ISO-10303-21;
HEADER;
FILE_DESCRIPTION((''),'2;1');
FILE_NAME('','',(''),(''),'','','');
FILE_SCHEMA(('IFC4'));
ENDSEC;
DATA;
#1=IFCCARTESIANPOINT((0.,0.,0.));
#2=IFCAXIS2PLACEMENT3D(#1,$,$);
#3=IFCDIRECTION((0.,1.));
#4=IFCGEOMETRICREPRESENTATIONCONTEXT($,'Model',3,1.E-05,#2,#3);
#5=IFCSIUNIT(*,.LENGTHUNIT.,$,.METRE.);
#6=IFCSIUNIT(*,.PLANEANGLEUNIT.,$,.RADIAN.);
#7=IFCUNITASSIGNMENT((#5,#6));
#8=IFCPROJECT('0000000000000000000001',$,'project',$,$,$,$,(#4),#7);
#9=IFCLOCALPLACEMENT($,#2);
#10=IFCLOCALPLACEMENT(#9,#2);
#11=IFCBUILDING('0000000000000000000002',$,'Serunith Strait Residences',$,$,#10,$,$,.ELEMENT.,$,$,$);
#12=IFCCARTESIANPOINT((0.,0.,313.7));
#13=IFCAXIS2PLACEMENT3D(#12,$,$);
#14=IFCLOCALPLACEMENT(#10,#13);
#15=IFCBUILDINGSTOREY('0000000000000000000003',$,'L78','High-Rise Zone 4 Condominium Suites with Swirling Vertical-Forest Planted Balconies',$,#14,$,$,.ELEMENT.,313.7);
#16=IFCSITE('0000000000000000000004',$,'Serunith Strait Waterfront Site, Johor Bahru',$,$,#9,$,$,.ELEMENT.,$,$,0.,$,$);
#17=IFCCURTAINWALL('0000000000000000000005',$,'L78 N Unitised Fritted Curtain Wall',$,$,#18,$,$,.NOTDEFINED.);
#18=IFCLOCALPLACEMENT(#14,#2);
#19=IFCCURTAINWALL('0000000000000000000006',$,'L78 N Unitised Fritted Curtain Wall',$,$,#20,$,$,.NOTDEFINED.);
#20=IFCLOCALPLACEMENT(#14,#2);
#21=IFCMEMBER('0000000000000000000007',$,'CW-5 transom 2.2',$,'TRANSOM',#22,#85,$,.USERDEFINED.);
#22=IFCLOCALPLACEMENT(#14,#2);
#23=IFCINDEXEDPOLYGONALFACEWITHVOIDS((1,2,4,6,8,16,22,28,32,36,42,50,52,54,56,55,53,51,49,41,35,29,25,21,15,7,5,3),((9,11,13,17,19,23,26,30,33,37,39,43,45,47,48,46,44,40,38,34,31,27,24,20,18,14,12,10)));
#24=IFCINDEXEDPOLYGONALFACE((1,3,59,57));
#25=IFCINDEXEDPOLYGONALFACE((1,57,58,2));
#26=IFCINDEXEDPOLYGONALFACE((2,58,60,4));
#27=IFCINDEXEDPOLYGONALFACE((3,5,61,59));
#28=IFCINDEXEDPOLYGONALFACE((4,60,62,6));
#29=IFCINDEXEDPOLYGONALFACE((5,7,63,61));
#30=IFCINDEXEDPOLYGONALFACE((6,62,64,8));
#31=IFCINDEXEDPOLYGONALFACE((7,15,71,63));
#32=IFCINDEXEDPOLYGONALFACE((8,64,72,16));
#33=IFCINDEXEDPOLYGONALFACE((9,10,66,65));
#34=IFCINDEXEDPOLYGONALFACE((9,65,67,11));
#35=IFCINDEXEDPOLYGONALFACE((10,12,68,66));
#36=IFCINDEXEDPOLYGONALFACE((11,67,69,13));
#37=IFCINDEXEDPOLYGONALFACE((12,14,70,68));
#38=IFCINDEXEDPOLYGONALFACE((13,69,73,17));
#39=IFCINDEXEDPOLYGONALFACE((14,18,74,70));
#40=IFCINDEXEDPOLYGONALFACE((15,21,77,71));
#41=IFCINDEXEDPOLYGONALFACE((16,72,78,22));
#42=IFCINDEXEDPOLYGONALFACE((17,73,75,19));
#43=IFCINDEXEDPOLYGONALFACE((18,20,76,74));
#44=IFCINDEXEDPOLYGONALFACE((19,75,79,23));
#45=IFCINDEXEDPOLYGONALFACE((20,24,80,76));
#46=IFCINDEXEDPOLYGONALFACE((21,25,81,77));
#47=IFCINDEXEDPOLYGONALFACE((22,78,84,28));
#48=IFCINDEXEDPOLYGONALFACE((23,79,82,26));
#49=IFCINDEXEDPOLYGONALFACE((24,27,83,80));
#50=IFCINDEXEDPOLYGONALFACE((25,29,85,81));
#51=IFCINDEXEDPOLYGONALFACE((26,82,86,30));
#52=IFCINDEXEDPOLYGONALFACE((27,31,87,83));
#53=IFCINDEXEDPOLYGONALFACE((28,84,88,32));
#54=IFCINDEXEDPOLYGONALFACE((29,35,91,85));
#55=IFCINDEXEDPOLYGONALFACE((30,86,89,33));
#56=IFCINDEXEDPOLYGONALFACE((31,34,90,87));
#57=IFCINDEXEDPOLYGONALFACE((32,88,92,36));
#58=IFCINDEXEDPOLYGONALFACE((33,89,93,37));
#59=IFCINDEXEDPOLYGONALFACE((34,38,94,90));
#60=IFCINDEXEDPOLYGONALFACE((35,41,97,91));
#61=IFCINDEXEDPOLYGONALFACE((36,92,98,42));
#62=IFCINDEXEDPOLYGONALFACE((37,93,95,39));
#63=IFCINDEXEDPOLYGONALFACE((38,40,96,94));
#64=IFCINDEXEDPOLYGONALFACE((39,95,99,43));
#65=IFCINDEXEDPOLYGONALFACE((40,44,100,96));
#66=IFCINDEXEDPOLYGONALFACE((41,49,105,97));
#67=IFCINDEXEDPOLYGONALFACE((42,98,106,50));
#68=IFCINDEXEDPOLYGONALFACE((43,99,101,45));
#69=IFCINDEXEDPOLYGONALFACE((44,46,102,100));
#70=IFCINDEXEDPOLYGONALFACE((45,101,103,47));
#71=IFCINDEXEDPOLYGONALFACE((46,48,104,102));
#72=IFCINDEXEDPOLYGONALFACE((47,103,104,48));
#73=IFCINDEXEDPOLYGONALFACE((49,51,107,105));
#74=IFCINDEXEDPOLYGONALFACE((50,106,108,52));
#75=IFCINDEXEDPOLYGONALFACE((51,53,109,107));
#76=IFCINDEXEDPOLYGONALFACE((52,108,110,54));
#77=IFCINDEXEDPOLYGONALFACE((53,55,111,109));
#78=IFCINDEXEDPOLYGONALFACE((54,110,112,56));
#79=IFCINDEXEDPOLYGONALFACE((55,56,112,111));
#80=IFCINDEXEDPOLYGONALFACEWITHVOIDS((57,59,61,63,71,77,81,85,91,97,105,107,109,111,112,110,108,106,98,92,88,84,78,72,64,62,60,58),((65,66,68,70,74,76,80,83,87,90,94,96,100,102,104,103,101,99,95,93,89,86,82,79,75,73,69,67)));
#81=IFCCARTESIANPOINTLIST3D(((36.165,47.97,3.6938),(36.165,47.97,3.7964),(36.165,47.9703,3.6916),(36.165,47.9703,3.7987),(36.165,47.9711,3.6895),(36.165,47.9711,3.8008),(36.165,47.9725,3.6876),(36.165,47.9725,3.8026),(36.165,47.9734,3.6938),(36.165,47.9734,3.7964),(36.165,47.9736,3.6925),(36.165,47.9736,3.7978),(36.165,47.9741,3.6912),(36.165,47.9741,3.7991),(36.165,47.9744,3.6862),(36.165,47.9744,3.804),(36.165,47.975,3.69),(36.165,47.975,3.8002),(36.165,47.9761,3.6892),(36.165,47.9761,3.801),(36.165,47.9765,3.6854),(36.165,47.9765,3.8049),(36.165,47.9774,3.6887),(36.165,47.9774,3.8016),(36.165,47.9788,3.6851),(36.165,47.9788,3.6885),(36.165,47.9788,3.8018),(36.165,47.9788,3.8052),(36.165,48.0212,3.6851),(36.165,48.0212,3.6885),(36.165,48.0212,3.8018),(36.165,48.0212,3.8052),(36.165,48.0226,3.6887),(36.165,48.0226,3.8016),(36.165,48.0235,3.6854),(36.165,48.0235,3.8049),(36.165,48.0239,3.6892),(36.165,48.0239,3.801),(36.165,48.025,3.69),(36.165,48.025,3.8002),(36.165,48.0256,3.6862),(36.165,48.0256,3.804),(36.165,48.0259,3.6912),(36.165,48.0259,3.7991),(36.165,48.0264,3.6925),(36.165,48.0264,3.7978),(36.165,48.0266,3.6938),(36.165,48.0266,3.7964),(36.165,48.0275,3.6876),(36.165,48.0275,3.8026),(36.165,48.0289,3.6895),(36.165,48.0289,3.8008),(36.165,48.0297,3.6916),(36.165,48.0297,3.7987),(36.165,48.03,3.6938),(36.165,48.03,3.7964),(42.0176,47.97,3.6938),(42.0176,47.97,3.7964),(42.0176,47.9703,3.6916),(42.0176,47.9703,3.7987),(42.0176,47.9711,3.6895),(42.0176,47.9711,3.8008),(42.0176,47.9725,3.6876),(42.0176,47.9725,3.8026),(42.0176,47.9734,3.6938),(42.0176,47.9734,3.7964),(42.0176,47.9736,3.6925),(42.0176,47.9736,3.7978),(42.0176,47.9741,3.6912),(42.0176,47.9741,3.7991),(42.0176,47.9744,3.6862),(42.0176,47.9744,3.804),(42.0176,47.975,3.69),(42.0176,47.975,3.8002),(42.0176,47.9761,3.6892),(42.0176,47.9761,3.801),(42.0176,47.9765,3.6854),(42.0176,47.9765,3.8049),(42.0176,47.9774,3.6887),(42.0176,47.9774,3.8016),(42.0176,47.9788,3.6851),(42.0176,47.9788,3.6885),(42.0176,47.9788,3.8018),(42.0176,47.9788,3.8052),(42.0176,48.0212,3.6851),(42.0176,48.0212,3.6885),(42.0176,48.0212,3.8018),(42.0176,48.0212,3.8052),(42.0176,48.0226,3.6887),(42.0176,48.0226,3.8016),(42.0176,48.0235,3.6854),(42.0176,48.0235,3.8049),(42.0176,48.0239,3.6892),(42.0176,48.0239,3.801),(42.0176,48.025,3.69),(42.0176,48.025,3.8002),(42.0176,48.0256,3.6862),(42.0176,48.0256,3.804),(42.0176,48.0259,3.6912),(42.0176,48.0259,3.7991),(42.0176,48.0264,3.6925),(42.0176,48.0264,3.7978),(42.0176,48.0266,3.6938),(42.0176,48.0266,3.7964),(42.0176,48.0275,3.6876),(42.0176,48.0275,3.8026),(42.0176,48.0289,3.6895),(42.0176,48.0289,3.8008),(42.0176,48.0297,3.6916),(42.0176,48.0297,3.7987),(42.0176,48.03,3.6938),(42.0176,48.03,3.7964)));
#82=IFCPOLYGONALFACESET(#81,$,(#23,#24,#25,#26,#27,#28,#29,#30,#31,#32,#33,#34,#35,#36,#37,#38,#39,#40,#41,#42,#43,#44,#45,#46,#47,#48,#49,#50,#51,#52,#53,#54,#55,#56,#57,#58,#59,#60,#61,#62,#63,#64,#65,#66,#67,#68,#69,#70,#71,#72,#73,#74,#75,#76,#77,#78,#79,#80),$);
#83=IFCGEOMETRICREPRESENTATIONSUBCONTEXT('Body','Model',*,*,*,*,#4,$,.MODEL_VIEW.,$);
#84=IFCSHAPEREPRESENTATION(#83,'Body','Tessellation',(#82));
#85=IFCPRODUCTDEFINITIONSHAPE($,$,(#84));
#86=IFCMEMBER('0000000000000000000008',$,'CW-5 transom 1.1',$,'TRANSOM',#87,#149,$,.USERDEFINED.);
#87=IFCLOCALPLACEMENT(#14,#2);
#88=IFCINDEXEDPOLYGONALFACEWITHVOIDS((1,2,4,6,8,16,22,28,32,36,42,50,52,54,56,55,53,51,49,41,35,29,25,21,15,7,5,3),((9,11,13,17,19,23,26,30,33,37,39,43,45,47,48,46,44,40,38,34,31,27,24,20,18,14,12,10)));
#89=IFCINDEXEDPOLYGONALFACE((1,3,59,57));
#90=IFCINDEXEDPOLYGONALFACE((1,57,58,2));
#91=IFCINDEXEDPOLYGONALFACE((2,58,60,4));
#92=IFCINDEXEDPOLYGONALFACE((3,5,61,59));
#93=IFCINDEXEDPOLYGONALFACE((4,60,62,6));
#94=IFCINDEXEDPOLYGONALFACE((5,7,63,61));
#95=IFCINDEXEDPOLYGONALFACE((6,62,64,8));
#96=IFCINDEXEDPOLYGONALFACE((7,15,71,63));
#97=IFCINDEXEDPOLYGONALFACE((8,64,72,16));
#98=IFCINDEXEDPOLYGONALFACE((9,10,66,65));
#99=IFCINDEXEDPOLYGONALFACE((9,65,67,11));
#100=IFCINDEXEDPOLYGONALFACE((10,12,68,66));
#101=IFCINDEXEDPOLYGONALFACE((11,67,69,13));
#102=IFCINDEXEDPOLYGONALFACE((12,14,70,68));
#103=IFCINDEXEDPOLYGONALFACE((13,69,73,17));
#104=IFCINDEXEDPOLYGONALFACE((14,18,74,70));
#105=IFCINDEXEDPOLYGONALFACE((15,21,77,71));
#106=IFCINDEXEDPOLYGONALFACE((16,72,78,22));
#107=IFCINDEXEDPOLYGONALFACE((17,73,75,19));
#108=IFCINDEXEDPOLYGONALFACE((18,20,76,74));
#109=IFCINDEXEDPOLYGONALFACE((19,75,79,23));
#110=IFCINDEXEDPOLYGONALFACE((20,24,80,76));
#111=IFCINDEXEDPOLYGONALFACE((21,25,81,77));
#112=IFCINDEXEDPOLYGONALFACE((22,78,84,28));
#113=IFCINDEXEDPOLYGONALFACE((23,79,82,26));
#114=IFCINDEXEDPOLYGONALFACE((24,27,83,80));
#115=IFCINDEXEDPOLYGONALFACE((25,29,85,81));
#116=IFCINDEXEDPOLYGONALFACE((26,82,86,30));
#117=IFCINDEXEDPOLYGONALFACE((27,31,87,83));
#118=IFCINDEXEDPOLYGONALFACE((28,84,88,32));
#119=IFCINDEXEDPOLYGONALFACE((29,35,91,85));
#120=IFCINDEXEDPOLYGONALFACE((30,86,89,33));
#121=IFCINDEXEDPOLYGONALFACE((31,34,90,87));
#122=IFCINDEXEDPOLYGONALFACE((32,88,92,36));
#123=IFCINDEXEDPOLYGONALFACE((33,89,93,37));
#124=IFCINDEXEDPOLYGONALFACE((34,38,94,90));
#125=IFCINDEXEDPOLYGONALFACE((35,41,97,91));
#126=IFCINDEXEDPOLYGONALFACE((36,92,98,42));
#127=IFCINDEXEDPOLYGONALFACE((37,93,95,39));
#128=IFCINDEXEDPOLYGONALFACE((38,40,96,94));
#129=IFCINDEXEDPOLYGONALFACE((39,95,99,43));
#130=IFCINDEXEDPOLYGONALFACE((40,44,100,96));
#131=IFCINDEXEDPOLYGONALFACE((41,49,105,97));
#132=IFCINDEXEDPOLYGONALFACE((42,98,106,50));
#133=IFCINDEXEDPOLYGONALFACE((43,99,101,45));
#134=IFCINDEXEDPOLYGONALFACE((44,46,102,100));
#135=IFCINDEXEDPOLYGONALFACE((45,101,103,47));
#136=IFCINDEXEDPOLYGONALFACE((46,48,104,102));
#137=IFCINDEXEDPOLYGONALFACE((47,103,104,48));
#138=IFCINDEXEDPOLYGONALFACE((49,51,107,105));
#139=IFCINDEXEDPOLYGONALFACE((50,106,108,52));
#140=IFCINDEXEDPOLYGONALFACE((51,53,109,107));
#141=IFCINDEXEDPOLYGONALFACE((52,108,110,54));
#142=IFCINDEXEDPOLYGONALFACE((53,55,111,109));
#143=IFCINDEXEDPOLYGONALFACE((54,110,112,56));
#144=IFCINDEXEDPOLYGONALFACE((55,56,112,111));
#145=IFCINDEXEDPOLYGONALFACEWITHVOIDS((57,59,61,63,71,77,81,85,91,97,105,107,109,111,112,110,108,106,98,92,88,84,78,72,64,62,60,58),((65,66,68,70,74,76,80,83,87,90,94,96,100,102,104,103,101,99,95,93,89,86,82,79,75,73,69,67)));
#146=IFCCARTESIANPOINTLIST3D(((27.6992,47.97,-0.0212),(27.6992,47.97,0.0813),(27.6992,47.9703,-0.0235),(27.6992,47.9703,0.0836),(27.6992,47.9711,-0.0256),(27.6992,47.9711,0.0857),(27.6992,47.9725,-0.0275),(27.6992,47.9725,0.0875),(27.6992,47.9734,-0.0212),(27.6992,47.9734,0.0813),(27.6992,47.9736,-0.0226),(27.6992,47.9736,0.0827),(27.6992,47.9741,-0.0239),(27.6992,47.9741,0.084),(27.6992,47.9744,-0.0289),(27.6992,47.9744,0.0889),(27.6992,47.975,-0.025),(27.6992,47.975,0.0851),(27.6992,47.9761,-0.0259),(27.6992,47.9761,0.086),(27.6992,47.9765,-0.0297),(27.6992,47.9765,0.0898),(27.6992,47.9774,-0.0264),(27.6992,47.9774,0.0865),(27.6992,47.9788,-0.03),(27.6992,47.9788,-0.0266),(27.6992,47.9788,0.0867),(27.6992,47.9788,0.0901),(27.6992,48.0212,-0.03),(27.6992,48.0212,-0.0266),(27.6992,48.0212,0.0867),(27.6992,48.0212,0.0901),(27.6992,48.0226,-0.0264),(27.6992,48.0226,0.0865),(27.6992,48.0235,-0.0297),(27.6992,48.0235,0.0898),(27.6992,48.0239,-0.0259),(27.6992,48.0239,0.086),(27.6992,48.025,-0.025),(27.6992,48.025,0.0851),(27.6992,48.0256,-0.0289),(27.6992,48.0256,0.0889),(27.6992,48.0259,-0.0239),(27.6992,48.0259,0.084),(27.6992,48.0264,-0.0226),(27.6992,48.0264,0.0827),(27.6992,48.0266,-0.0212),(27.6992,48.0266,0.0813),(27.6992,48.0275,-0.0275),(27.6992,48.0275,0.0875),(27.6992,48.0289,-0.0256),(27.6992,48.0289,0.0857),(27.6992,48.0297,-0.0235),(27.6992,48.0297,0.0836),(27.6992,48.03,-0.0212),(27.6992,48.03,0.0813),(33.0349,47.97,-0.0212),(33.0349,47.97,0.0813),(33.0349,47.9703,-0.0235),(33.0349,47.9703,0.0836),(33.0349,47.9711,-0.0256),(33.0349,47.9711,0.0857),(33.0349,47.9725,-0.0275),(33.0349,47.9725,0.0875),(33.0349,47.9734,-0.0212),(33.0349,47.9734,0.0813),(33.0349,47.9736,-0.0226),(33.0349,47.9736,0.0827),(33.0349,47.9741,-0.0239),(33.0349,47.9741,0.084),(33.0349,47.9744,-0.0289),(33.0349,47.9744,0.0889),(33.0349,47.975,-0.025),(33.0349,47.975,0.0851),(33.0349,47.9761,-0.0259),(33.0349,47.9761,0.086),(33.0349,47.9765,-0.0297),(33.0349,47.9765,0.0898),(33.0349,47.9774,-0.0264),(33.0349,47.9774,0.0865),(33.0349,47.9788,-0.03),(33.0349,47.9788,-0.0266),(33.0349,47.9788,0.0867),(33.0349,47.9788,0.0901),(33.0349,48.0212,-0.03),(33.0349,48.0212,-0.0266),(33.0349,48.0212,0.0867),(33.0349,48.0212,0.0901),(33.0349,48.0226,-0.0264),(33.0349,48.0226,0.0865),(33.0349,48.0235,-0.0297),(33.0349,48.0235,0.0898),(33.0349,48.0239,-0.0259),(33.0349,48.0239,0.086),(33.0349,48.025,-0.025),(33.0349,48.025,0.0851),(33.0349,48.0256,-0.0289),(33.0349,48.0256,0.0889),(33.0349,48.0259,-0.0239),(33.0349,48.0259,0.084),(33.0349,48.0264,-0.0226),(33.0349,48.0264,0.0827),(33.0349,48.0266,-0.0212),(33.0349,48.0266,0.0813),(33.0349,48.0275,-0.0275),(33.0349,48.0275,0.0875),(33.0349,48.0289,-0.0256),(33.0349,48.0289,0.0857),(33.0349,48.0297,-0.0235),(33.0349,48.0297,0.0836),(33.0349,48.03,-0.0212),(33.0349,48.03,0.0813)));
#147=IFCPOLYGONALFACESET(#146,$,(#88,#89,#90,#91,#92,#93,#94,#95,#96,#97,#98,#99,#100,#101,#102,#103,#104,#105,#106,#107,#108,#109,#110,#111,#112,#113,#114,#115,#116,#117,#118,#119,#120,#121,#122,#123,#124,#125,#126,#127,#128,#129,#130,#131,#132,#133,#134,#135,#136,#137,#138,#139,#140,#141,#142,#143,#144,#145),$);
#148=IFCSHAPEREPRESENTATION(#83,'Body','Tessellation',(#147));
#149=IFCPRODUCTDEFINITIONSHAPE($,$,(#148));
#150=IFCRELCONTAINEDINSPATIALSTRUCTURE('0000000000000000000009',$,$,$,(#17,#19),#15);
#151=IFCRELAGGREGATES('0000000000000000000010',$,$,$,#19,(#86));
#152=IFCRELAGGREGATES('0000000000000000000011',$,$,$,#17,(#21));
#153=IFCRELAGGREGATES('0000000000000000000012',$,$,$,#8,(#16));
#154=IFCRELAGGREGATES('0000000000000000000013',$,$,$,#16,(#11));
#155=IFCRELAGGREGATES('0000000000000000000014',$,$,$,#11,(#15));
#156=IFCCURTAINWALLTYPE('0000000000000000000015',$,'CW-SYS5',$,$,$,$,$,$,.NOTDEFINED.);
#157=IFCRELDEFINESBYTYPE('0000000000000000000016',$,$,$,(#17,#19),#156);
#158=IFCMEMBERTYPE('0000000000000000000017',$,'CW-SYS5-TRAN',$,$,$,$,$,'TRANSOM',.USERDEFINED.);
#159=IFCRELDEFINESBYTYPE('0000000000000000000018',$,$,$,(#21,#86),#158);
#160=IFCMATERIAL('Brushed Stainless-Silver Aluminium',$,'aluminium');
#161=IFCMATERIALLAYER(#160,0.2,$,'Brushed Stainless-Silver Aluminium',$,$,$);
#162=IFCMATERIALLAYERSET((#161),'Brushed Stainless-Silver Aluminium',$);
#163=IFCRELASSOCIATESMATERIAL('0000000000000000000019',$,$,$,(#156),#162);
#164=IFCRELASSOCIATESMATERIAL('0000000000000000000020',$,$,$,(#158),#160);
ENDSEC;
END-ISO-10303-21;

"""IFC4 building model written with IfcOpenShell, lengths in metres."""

from ifc_helpers import new_model, si_unit, direction, frame, origin, origin_2d, place, context, subcontext, project, spatial, hollow_rectangle, extrude, source, transform, mapped, material, layer, layer_set, material_profile, profile_set, type_object, element, aggregate, save


model = new_model("IFC4")

# Units and contexts
model_context = context("Model", 3, precision=1e-05, world=origin(), true_north=direction((0.0, 1.0)))
body_context = subcontext(model_context, "Body", "Model", "MODEL_VIEW")
ifc_project = project(units=[si_unit("LENGTHUNIT", "METRE"), si_unit("PLANEANGLEUNIT", "RADIAN")], contexts=[model_context])

# Site, building, storey
site_placement = place(None, origin())
site = spatial("IfcSite", under=ifc_project, at=site_placement, Name="Serunith Strait Waterfront Site, Johor Bahru", CompositionType="ELEMENT", RefElevation=0.0)
building_placement = place(site_placement, origin())
building = spatial("IfcBuilding", under=site, at=building_placement, Name="Serunith Strait Residences", CompositionType="ELEMENT")
storey_placement = place(building_placement, frame((0.0, 0.0, 313.7)))
storey = spatial("IfcBuildingStorey", under=building, at=storey_placement, Name="L78", Description="High-Rise Zone 4 Condominium Suites with Swirling Vertical-Forest Planted Balconies", CompositionType="ELEMENT", Elevation=313.7)

# Curtain wall
ifc_material_1 = material(Name="Brushed Stainless-Silver Aluminium", Category="aluminium")
ifc_layer_1 = layer(ifc_material_1, 0.2, Name="Brushed Stainless-Silver Aluminium")
ifc_layer_set_1 = layer_set([ifc_layer_1], Name="Brushed Stainless-Silver Aluminium")
curtain_wall_type = type_object("IfcCurtainWallType", Name="CW-SYS5", PredefinedType="NOTDEFINED", material=ifc_layer_set_1)
curtain_wall_1_placement = place(storey_placement, origin())
curtain_wall_1 = element("IfcCurtainWall", 1, at=curtain_wall_1_placement, inside=storey, type_object=curtain_wall_type, Name="L78 N Unitised Fritted Curtain Wall", PredefinedType="NOTDEFINED")

# Curtain wall
curtain_wall_2_placement = place(storey_placement, origin())
curtain_wall_2 = element("IfcCurtainWall", 2, at=curtain_wall_2_placement, inside=storey, type_object=curtain_wall_type, Name="L78 N Unitised Fritted Curtain Wall", PredefinedType="NOTDEFINED")

# Members
ifc_material_profile_1 = material_profile(ifc_material_1, hollow_rectangle(XDim=0.0601, YDim=0.1201, WallThickness=0.0034, InnerFilletRadius=0.0054, OuterFilletRadius=0.0088, at=origin_2d()), Name="ALU 120x60x3.5")
ifc_profile_set_1 = profile_set([ifc_material_profile_1], Name="Brushed Stainless-Silver Aluminium")
member_type_1 = type_object("IfcMemberType", Name="CW-SYS5-TRAN", ElementType="TRANSOM", PredefinedType="USERDEFINED", material=ifc_profile_set_1)
shared_shape_1 = source(origin(), body_context, "Body", "SweptSolid", [
    extrude(hollow_rectangle(XDim=0.0601, YDim=0.1201, WallThickness=0.0034, InnerFilletRadius=0.0054, OuterFilletRadius=0.0088, at=origin_2d()), origin(), (0.0, 0.0, 1.0), 5.8525),
])
member_1_placement = place(storey_placement, frame((42.0176, 48.0, 3.7451), z_axis=(-1.0, 0.0, 0.0), x_axis=(0.0, -1.0, 0.0)))
member_1 = element("IfcMember", 3, at=member_1_placement, type_object=member_type_1, Name="CW-5 transom 2.2", ObjectType="TRANSOM", PredefinedType="USERDEFINED", context=body_context, shape_type="MappedRepresentation", body=[
    mapped(shared_shape_1, transform((0.0, 0.0, 0.0), scale=1.0)),
])
shared_shape_2 = source(origin(), body_context, "Body", "SweptSolid", [
    extrude(hollow_rectangle(XDim=0.0601, YDim=0.1201, WallThickness=0.0034, InnerFilletRadius=0.0054, OuterFilletRadius=0.0088, at=origin_2d()), origin(), (0.0, 0.0, 1.0), 5.3357),
])
member_2_placement = place(storey_placement, frame((33.0349, 48.0, 0.03), z_axis=(-1.0, 0.0, 0.0), x_axis=(0.0, -1.0, 0.0)))
member_2 = element("IfcMember", 4, at=member_2_placement, type_object=member_type_1, Name="CW-5 transom 1.1", ObjectType="TRANSOM", PredefinedType="USERDEFINED", context=body_context, shape_type="MappedRepresentation", body=[
    mapped(shared_shape_2, transform((0.0, 0.0, 0.0), scale=1.0)),
])
aggregate(curtain_wall_2, [member_2])

aggregate(curtain_wall_1, [member_1])

save(model, "model.ifc")
